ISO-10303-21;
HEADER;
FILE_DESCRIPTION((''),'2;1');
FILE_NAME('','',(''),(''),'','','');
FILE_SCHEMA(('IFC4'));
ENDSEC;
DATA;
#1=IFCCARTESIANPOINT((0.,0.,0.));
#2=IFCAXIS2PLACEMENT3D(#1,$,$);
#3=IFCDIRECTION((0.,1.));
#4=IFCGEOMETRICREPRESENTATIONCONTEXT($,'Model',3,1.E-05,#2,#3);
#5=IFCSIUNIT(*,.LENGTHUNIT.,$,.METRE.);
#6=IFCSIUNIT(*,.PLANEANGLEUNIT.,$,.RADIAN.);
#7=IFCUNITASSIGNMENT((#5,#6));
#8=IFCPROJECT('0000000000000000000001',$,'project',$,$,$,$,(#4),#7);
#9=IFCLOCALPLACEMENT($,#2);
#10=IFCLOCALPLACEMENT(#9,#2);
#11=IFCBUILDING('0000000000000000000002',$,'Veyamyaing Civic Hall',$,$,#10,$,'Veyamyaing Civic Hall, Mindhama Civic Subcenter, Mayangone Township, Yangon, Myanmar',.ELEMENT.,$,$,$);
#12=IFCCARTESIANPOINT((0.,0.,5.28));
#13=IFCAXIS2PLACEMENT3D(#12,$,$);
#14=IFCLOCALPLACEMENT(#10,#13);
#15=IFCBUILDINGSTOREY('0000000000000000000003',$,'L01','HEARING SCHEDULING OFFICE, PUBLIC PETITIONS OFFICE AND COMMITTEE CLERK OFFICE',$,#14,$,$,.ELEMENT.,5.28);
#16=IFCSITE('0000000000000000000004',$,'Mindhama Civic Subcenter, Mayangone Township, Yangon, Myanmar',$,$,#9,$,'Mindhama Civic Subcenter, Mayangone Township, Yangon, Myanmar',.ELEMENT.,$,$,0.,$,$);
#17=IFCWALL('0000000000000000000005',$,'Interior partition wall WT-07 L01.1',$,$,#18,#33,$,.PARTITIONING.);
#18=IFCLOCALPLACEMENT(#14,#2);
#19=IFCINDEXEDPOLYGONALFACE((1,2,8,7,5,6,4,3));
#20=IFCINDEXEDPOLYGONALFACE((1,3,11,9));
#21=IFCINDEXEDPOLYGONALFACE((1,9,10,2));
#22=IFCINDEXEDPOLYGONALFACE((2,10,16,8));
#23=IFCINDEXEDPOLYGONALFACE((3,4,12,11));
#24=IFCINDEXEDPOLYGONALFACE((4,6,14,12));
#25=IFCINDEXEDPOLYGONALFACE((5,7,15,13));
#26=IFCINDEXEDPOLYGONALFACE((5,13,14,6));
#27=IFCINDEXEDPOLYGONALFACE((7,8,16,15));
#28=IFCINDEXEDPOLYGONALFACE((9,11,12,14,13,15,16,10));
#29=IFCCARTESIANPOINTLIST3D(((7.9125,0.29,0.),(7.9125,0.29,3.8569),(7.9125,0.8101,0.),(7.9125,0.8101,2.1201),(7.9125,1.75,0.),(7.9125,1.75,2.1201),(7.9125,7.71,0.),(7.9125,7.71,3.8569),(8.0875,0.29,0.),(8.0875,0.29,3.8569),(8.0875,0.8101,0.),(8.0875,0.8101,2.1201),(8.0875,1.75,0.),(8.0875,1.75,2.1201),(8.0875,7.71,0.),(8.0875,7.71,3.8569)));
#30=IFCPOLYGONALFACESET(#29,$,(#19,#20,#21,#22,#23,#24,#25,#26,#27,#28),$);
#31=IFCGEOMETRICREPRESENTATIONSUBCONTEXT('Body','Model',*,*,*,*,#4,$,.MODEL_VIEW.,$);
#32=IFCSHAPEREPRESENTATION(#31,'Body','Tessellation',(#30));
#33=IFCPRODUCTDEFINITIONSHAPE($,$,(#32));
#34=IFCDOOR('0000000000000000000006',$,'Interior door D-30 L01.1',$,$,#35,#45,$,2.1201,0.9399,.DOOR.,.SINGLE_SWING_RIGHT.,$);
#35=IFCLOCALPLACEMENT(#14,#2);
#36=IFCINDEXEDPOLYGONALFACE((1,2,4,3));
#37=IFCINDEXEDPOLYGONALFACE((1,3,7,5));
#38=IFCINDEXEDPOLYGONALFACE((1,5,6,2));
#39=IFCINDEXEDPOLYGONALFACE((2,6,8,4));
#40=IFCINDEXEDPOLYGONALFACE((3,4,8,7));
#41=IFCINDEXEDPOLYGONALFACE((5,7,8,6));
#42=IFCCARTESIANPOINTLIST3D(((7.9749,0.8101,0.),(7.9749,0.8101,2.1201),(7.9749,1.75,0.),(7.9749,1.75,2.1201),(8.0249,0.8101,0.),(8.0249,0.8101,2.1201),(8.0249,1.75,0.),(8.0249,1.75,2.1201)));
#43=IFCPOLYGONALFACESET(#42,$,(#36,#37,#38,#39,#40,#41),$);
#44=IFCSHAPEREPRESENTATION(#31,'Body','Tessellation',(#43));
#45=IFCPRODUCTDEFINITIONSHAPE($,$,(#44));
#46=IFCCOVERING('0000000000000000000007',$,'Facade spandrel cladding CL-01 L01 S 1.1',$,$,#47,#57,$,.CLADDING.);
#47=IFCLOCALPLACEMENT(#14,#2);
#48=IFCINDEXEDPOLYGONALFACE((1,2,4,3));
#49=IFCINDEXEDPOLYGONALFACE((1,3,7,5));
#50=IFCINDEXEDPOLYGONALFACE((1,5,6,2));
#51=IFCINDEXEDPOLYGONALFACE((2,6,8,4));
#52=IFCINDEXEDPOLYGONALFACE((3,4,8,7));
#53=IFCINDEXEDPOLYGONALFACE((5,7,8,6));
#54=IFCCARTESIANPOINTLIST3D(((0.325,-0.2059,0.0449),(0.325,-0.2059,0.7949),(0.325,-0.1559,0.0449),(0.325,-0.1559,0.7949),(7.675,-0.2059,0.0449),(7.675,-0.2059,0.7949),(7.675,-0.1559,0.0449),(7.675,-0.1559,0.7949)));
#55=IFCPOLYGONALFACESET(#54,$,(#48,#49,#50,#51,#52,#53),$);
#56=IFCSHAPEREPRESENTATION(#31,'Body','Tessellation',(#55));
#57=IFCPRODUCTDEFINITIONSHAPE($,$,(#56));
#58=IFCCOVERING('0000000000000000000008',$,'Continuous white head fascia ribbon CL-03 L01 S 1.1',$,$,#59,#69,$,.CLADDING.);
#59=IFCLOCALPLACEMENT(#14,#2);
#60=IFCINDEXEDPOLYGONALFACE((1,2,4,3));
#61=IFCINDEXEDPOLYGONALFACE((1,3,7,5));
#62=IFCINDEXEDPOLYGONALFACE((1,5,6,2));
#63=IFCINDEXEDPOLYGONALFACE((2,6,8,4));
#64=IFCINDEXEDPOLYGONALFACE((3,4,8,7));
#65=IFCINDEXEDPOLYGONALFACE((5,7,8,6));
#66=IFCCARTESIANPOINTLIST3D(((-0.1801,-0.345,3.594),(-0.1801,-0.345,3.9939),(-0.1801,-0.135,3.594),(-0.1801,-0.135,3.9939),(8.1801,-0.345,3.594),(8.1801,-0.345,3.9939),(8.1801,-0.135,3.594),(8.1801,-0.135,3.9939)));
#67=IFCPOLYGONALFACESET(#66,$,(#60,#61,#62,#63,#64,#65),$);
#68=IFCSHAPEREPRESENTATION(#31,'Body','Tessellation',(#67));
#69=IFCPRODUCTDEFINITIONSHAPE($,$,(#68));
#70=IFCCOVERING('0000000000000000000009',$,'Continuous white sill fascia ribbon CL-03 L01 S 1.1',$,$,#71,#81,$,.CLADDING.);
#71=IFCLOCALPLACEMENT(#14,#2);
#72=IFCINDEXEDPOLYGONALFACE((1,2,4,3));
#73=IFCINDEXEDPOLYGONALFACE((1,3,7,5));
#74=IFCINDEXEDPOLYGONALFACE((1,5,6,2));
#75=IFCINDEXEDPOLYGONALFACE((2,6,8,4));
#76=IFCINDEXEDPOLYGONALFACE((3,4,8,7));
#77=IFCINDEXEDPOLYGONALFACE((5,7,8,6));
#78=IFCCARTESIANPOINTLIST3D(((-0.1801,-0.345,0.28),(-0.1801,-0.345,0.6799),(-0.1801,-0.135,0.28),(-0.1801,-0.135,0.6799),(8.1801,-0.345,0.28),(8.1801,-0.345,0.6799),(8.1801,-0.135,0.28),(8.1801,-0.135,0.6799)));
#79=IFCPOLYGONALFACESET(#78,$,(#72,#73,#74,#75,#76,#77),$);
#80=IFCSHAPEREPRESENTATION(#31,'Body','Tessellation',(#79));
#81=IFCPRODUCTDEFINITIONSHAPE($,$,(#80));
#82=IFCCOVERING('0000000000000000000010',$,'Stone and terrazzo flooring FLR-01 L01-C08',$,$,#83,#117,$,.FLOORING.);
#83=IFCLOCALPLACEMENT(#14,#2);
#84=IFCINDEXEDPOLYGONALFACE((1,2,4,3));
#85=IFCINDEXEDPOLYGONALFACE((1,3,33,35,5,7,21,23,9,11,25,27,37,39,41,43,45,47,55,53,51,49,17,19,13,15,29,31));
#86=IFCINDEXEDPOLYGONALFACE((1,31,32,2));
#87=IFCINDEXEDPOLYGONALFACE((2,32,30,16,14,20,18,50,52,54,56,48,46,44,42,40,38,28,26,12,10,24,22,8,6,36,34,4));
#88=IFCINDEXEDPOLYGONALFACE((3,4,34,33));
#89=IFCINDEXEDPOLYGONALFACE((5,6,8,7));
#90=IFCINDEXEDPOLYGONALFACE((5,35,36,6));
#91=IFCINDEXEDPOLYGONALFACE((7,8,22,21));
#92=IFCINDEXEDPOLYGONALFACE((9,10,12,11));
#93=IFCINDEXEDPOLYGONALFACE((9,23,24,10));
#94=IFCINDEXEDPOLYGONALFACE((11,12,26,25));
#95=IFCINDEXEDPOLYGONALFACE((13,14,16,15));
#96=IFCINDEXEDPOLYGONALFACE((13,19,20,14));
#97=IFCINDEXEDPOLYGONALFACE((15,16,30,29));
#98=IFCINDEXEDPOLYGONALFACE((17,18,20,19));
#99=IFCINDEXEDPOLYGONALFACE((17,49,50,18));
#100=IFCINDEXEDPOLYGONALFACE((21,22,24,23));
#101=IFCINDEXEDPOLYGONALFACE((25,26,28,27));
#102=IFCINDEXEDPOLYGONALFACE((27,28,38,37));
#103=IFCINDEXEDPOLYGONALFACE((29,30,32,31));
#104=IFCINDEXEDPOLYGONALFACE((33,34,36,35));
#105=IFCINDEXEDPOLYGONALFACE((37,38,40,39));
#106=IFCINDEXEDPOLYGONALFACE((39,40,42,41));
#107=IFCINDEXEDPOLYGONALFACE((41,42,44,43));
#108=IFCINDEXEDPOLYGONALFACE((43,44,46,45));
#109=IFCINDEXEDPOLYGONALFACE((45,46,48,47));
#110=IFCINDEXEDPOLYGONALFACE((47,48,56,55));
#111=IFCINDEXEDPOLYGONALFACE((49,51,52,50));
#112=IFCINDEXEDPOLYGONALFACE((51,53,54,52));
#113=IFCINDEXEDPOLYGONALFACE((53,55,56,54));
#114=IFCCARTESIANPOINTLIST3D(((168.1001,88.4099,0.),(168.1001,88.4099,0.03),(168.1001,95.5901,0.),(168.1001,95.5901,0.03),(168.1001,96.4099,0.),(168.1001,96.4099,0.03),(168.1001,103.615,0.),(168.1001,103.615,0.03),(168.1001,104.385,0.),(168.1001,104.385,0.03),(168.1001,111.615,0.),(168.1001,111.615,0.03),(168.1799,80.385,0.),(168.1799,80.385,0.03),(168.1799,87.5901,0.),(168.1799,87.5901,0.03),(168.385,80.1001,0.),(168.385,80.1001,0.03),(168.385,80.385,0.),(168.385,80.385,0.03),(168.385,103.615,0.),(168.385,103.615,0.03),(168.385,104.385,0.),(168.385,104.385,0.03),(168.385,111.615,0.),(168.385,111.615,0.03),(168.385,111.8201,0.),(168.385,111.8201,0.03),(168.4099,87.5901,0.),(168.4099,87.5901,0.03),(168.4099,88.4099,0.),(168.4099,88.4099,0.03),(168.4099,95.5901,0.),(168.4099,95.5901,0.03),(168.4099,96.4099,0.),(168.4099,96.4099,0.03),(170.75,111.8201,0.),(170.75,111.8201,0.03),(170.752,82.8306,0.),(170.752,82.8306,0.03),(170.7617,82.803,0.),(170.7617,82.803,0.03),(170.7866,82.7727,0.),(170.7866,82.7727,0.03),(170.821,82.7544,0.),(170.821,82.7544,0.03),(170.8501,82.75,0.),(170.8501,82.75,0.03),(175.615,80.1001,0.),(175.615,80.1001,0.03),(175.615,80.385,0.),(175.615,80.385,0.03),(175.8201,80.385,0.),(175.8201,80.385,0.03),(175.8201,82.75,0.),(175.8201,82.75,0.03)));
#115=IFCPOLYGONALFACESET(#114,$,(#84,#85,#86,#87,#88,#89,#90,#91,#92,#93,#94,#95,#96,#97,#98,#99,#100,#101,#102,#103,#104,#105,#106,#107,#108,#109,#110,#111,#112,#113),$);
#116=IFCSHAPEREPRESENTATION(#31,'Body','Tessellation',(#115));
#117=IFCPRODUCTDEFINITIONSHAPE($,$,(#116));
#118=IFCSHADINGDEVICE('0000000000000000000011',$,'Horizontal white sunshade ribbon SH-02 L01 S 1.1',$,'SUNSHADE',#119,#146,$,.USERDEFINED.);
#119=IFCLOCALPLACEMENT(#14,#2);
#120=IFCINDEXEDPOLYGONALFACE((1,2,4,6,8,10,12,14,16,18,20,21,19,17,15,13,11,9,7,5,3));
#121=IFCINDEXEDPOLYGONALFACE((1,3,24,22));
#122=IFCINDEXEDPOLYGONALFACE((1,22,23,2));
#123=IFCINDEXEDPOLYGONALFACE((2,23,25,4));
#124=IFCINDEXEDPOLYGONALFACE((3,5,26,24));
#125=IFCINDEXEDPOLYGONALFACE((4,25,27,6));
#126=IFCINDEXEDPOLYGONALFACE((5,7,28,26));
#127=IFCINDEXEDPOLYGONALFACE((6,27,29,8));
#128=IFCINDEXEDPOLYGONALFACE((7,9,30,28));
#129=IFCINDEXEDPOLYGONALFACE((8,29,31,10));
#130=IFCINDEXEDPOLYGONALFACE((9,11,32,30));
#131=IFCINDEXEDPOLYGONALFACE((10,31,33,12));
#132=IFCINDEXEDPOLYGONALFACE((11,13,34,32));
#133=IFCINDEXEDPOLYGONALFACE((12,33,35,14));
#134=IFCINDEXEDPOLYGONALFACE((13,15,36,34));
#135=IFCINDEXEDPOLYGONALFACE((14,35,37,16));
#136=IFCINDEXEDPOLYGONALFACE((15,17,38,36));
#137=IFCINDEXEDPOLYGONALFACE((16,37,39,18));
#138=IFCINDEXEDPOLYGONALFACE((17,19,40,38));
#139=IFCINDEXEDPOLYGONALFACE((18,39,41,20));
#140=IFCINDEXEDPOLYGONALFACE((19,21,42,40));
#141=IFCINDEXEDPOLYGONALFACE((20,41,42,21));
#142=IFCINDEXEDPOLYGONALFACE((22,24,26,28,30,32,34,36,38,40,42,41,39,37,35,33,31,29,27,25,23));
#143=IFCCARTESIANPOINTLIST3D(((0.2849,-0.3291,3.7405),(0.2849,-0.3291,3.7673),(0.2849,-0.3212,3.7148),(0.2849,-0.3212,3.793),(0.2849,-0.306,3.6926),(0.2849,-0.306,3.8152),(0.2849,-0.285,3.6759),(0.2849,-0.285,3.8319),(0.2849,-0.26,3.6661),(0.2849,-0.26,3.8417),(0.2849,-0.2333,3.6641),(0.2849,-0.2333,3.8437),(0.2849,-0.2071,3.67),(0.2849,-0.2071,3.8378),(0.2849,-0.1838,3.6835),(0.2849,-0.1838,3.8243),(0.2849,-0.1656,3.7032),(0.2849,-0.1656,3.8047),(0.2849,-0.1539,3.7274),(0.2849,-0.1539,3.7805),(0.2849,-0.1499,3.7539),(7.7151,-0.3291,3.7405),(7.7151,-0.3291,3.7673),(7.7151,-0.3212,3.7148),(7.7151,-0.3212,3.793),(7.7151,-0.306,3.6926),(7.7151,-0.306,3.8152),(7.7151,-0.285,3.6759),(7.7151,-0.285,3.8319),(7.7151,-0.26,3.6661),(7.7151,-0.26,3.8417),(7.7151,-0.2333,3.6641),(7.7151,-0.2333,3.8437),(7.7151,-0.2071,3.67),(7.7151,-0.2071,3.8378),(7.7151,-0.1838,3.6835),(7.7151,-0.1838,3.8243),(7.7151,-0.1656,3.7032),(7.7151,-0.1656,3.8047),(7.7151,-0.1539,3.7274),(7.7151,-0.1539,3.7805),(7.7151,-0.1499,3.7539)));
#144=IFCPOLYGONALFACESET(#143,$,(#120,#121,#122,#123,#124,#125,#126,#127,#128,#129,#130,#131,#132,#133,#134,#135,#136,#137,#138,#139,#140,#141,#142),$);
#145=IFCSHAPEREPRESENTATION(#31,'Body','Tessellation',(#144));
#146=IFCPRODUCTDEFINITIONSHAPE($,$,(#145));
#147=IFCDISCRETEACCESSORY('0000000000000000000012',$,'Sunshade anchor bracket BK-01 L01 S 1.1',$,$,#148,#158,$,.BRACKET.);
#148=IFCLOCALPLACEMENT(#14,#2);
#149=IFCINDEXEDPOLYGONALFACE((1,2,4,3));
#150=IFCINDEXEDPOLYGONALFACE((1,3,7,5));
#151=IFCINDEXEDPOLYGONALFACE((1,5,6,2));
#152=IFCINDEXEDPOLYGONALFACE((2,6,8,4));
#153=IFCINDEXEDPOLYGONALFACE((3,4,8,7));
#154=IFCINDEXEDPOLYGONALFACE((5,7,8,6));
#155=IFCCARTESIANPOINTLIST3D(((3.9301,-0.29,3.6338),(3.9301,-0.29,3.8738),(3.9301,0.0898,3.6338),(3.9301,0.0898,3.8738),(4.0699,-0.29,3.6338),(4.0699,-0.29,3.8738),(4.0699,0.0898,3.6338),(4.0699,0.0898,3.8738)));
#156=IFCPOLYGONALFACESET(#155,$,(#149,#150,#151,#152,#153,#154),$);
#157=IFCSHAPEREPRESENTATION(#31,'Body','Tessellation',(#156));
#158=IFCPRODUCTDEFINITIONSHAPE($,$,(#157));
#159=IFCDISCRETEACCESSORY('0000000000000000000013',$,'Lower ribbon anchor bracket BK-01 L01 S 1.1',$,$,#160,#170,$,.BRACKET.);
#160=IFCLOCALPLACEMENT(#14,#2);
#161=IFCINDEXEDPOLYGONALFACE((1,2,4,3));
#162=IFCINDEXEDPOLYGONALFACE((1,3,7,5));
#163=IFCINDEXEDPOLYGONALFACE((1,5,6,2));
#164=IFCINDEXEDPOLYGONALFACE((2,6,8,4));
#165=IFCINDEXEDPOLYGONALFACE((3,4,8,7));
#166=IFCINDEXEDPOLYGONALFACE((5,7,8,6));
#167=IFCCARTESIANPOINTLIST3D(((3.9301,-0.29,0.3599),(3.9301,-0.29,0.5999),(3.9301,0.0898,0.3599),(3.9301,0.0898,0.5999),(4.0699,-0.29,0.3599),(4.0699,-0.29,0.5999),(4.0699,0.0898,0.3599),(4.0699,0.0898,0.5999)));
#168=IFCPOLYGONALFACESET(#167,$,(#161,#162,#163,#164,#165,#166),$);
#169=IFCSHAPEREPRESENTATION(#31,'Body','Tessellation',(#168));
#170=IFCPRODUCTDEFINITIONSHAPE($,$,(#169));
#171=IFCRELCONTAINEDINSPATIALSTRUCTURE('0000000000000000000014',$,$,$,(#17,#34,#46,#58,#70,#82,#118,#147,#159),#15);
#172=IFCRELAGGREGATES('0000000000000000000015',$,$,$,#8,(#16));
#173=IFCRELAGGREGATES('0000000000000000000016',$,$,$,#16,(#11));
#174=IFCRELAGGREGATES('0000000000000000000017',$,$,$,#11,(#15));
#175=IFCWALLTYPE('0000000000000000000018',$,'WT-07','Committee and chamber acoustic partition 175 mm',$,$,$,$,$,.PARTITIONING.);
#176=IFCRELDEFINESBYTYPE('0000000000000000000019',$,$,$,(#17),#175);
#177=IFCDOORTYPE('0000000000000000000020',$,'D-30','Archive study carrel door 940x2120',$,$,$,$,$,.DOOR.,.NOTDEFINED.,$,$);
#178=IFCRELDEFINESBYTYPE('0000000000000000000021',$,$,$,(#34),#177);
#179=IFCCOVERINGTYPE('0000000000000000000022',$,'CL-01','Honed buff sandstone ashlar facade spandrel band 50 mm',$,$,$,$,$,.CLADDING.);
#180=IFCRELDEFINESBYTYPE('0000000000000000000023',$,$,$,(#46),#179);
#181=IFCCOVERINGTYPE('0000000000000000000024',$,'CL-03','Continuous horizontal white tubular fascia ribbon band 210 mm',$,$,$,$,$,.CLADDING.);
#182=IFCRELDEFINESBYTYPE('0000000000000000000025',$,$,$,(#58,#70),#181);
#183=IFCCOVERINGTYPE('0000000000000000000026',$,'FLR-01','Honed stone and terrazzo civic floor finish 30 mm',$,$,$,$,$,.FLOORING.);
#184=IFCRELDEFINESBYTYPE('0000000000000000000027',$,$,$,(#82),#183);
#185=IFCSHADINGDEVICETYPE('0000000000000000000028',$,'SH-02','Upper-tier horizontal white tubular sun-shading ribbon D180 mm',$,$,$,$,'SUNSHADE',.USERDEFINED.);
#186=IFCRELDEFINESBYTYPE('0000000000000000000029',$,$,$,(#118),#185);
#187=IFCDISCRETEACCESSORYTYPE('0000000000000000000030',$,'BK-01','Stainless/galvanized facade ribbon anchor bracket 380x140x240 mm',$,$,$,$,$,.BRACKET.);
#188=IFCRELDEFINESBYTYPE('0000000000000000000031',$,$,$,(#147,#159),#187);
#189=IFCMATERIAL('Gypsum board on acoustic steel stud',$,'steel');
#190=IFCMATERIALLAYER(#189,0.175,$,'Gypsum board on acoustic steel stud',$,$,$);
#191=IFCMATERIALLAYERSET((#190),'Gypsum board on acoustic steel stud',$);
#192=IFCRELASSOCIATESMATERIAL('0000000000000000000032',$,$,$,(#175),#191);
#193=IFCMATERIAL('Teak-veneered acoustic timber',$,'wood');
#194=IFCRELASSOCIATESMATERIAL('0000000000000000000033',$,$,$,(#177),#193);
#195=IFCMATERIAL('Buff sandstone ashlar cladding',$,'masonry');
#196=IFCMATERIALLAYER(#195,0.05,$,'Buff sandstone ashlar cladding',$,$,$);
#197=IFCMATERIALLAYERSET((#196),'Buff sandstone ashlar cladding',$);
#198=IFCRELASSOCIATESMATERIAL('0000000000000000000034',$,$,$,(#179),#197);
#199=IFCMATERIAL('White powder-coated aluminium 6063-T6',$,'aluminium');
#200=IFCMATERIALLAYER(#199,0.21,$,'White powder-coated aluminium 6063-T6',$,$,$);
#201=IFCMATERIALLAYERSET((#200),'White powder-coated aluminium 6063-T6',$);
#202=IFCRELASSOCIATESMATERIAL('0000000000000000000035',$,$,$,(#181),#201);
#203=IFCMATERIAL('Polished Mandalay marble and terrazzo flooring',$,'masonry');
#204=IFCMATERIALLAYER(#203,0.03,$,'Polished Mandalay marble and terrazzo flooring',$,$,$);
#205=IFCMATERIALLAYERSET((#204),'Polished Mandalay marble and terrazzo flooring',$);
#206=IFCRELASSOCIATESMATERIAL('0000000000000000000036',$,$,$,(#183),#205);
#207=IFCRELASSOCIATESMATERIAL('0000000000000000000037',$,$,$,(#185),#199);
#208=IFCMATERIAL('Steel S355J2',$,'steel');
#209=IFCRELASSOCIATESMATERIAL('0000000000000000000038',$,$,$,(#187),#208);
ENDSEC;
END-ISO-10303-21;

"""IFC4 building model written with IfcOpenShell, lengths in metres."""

from ifc_helpers import new_model, si_unit, direction, frame, frame_2d, origin, origin_2d, place, context, subcontext, project, spatial, polyline, rectangle, circle, outline, extrude, material, layer, layer_set, material_profile, profile_set, type_object, element, fill, save


model = new_model("IFC4")

# Units and contexts
model_context = context("Model", 3, precision=1e-05, world=origin(), true_north=direction((0.0, 1.0)))
body_context = subcontext(model_context, "Body", "Model", "MODEL_VIEW")
ifc_project = project(units=[si_unit("LENGTHUNIT", "METRE"), si_unit("PLANEANGLEUNIT", "RADIAN")], contexts=[model_context])

# Site, building, storey
site_placement = place(None, origin())
site = spatial("IfcSite", under=ifc_project, at=site_placement, Name="Mindhama Civic Subcenter, Mayangone Township, Yangon, Myanmar", LongName="Mindhama Civic Subcenter, Mayangone Township, Yangon, Myanmar", CompositionType="ELEMENT", RefElevation=0.0)
building_placement = place(site_placement, origin())
building = spatial("IfcBuilding", under=site, at=building_placement, Name="Veyamyaing Civic Hall", LongName="Veyamyaing Civic Hall, Mindhama Civic Subcenter, Mayangone Township, Yangon, Myanmar", CompositionType="ELEMENT")
storey_placement = place(building_placement, frame((0.0, 0.0, 5.28)))
storey = spatial("IfcBuildingStorey", under=building, at=storey_placement, Name="L01", Description="HEARING SCHEDULING OFFICE, PUBLIC PETITIONS OFFICE AND COMMITTEE CLERK OFFICE", CompositionType="ELEMENT", Elevation=5.28)

# Shared definitions
ifc_material_1 = material(Name="Gypsum board on acoustic steel stud", Category="steel")
ifc_layer_1 = layer(ifc_material_1, 0.175, Name="Gypsum board on acoustic steel stud")
ifc_layer_set_1 = layer_set([ifc_layer_1], Name="Gypsum board on acoustic steel stud")
wall_type_1 = type_object("IfcWallType", Name="WT-07", Description="Committee and chamber acoustic partition 175 mm", PredefinedType="PARTITIONING", material=ifc_layer_set_1)
ifc_material_2 = material(Name="Teak-veneered acoustic timber", Category="wood")

# Wall, opening, door
wall_1_placement = place(storey_placement, frame((8.0, 0.29, 0.0), z_axis=(0.0, 0.0, 1.0), x_axis=(0.0, 1.0, 0.0)))
wall_1 = element("IfcWall", 1, at=wall_1_placement, inside=storey, type_object=wall_type_1, Name="Interior partition wall WT-07 L01.1", PredefinedType="PARTITIONING", context=body_context, shape_type="SweptSolid", body=[
    extrude(rectangle(XDim=7.4199, YDim=0.175, at=frame_2d((3.71, 0.0))), origin(), (0.0, 0.0, 1.0), 3.8569),
])
opening_1_placement = place(wall_1_placement, frame((0.52, 0.0, 0.0)))
opening_1 = element("IfcOpeningElement", 2, at=opening_1_placement, cuts=wall_1, PredefinedType="OPENING", context=body_context, shape_type="SweptSolid", body=[
    extrude(rectangle(XDim=0.9399, YDim=2.1201, at=frame_2d((0.47, 1.0601))), frame((0.0, 0.0974, 0.0), z_axis=(0.0, -1.0, 0.0), x_axis=(1.0, 0.0, 0.0)), (0.0, 0.0, 1.0), 0.1951),
])
door_type_1 = type_object("IfcDoorType", Name="D-30", Description="Archive study carrel door 940x2120", OperationType="NOTDEFINED", PredefinedType="DOOR", material=ifc_material_2)
door_1_placement = place(opening_1_placement, frame((0.9399, 0.0, 0.0), z_axis=(0.0, 0.0, 1.0), x_axis=(-1.0, 0.0, 0.0)))
door_1 = element("IfcDoor", 3, at=door_1_placement, inside=storey, type_object=door_type_1, Name="Interior door D-30 L01.1", OperationType="SINGLE_SWING_RIGHT", OverallHeight=2.1201, OverallWidth=0.9399, PredefinedType="DOOR", context=body_context, shape_type="SweptSolid", body=[
    extrude(rectangle(XDim=0.9399, YDim=2.1201, at=frame_2d((0.47, 1.0601))), frame((0.0, 0.0249, 0.0), z_axis=(0.0, -1.0, 0.0), x_axis=(1.0, 0.0, 0.0)), (0.0, 0.0, 1.0), 0.05),
])
fill(opening_1, door_1)

# Coverings
ifc_material_3 = material(Name="Buff sandstone ashlar cladding", Category="masonry")
ifc_layer_2 = layer(ifc_material_3, 0.05, Name="Buff sandstone ashlar cladding")
ifc_layer_set_2 = layer_set([ifc_layer_2], Name="Buff sandstone ashlar cladding")
covering_type_1 = type_object("IfcCoveringType", Name="CL-01", Description="Honed buff sandstone ashlar facade spandrel band 50 mm", PredefinedType="CLADDING", material=ifc_layer_set_2)
covering_1_placement = place(storey_placement, frame((4.0, -0.1809, 0.0449), z_axis=(0.0, 0.0, 1.0), x_axis=(1.0, 0.0, 0.0)))
element("IfcCovering", 4, at=covering_1_placement, inside=storey, type_object=covering_type_1, Name="Facade spandrel cladding CL-01 L01 S 1.1", PredefinedType="CLADDING", context=body_context, shape_type="SweptSolid", body=[
    extrude(rectangle(XDim=7.3501, YDim=0.05, at=origin_2d()), origin(), (0.0, 0.0, 1.0), 0.75),
])
ifc_material_4 = material(Name="White powder-coated aluminium 6063-T6", Category="aluminium")
ifc_layer_3 = layer(ifc_material_4, 0.21, Name="White powder-coated aluminium 6063-T6")
ifc_layer_set_3 = layer_set([ifc_layer_3], Name="White powder-coated aluminium 6063-T6")
covering_type_2 = type_object("IfcCoveringType", Name="CL-03", Description="Continuous horizontal white tubular fascia ribbon band 210 mm", PredefinedType="CLADDING", material=ifc_layer_set_3)
for number, where, z_axis, x_axis, name in (
    (5, (4.0, -0.24, 3.594), (0.0, 0.0, 1.0), (1.0, 0.0, 0.0), "Continuous white head fascia ribbon CL-03 L01 S 1.1"),
    (6, (4.0, -0.24, 0.28), (0.0, 0.0, 1.0), (1.0, 0.0, 0.0), "Continuous white sill fascia ribbon CL-03 L01 S 1.1"),
):
    element("IfcCovering", number, at=place(storey_placement, frame(where, z_axis=z_axis, x_axis=x_axis)), inside=storey, type_object=covering_type_2, Name=name, PredefinedType="CLADDING", context=body_context, shape_type="SweptSolid", body=[
        extrude(rectangle(XDim=8.3601, YDim=0.21, at=origin_2d()), origin(), (0.0, 0.0, 1.0), 0.3999),
    ])
ifc_material_5 = material(Name="Polished Mandalay marble and terrazzo flooring", Category="masonry")
ifc_layer_4 = layer(ifc_material_5, 0.03, Name="Polished Mandalay marble and terrazzo flooring")
ifc_layer_set_4 = layer_set([ifc_layer_4], Name="Polished Mandalay marble and terrazzo flooring")
covering_type_3 = type_object("IfcCoveringType", Name="FLR-01", Description="Honed stone and terrazzo civic floor finish 30 mm", PredefinedType="FLOORING", material=ifc_layer_set_4)
covering_2_placement = place(storey_placement, origin())
element("IfcCovering", 7, at=covering_2_placement, inside=storey, type_object=covering_type_3, Name="Stone and terrazzo flooring FLR-01 L01-C08", PredefinedType="FLOORING", context=body_context, shape_type="SweptSolid", body=[
    extrude(outline(polyline([(170.7617, 82.803), (170.7866, 82.7727), (170.821, 82.7544), (170.8501, 82.75), (175.8201, 82.75), (175.8201, 80.385), (175.615, 80.385), (175.615, 80.1001), (168.385, 80.1001), (168.385, 80.385), (168.1799, 80.385), (168.1799, 87.5901), (168.4099, 87.5901), (168.4099, 88.4099), (168.1001, 88.4099), (168.1001, 95.5901), (168.4099, 95.5901), (168.4099, 96.4099), (168.1001, 96.4099), (168.1001, 103.615), (168.385, 103.615), (168.385, 104.385), (168.1001, 104.385), (168.1001, 111.615), (168.385, 111.615), (168.385, 111.8201), (170.75, 111.8201), (170.752, 82.8306), (170.7617, 82.803)])), origin(), (0.0, 0.0, 1.0), 0.03),
])

# Shading device
ifc_material_profile_1 = material_profile(ifc_material_4, circle(Radius=0.0901, at=origin_2d()), Name="SHADE-TUBE-180")
ifc_profile_set_1 = profile_set([ifc_material_profile_1], Name="White powder-coated aluminium 6063-T6")
shading_device_type = type_object("IfcShadingDeviceType", Name="SH-02", Description="Upper-tier horizontal white tubular sun-shading ribbon D180 mm", ElementType="SUNSHADE", PredefinedType="USERDEFINED", material=ifc_profile_set_1)
shading_device_placement = place(storey_placement, frame((0.2849, -0.24, 3.7539), z_axis=(1.0, 0.0, 0.0), x_axis=(0.0, 1.0, 0.0)))
element("IfcShadingDevice", 8, at=shading_device_placement, inside=storey, type_object=shading_device_type, Name="Horizontal white sunshade ribbon SH-02 L01 S 1.1", ObjectType="SUNSHADE", PredefinedType="USERDEFINED", context=body_context, shape_type="SweptSolid", body=[
    extrude(circle(Radius=0.0901, at=origin_2d()), origin(), (0.0, 0.0, 1.0), 7.4302),
])

# Discrete accessories
ifc_material_6 = material(Name="Steel S355J2", Category="steel")
discrete_accessory_type = type_object("IfcDiscreteAccessoryType", Name="BK-01", Description="Stainless/galvanized facade ribbon anchor bracket 380x140x240 mm", PredefinedType="BRACKET", material=ifc_material_6)
for number, where, z_axis, x_axis, name in (
    (9, (4.0, -0.1001, 3.6338), (0.0, 0.0, 1.0), (0.0, -1.0, 0.0), "Sunshade anchor bracket BK-01 L01 S 1.1"),
    (10, (4.0, -0.1001, 0.3599), (0.0, 0.0, 1.0), (0.0, -1.0, 0.0), "Lower ribbon anchor bracket BK-01 L01 S 1.1"),
):
    element("IfcDiscreteAccessory", number, at=place(storey_placement, frame(where, z_axis=z_axis, x_axis=x_axis)), inside=storey, type_object=discrete_accessory_type, Name=name, PredefinedType="BRACKET", context=body_context, shape_type="SweptSolid", body=[
        extrude(rectangle(XDim=0.3799, YDim=0.1399, at=origin_2d()), origin(), (0.0, 0.0, 1.0), 0.24),
    ])

save(model, "model.ifc")
